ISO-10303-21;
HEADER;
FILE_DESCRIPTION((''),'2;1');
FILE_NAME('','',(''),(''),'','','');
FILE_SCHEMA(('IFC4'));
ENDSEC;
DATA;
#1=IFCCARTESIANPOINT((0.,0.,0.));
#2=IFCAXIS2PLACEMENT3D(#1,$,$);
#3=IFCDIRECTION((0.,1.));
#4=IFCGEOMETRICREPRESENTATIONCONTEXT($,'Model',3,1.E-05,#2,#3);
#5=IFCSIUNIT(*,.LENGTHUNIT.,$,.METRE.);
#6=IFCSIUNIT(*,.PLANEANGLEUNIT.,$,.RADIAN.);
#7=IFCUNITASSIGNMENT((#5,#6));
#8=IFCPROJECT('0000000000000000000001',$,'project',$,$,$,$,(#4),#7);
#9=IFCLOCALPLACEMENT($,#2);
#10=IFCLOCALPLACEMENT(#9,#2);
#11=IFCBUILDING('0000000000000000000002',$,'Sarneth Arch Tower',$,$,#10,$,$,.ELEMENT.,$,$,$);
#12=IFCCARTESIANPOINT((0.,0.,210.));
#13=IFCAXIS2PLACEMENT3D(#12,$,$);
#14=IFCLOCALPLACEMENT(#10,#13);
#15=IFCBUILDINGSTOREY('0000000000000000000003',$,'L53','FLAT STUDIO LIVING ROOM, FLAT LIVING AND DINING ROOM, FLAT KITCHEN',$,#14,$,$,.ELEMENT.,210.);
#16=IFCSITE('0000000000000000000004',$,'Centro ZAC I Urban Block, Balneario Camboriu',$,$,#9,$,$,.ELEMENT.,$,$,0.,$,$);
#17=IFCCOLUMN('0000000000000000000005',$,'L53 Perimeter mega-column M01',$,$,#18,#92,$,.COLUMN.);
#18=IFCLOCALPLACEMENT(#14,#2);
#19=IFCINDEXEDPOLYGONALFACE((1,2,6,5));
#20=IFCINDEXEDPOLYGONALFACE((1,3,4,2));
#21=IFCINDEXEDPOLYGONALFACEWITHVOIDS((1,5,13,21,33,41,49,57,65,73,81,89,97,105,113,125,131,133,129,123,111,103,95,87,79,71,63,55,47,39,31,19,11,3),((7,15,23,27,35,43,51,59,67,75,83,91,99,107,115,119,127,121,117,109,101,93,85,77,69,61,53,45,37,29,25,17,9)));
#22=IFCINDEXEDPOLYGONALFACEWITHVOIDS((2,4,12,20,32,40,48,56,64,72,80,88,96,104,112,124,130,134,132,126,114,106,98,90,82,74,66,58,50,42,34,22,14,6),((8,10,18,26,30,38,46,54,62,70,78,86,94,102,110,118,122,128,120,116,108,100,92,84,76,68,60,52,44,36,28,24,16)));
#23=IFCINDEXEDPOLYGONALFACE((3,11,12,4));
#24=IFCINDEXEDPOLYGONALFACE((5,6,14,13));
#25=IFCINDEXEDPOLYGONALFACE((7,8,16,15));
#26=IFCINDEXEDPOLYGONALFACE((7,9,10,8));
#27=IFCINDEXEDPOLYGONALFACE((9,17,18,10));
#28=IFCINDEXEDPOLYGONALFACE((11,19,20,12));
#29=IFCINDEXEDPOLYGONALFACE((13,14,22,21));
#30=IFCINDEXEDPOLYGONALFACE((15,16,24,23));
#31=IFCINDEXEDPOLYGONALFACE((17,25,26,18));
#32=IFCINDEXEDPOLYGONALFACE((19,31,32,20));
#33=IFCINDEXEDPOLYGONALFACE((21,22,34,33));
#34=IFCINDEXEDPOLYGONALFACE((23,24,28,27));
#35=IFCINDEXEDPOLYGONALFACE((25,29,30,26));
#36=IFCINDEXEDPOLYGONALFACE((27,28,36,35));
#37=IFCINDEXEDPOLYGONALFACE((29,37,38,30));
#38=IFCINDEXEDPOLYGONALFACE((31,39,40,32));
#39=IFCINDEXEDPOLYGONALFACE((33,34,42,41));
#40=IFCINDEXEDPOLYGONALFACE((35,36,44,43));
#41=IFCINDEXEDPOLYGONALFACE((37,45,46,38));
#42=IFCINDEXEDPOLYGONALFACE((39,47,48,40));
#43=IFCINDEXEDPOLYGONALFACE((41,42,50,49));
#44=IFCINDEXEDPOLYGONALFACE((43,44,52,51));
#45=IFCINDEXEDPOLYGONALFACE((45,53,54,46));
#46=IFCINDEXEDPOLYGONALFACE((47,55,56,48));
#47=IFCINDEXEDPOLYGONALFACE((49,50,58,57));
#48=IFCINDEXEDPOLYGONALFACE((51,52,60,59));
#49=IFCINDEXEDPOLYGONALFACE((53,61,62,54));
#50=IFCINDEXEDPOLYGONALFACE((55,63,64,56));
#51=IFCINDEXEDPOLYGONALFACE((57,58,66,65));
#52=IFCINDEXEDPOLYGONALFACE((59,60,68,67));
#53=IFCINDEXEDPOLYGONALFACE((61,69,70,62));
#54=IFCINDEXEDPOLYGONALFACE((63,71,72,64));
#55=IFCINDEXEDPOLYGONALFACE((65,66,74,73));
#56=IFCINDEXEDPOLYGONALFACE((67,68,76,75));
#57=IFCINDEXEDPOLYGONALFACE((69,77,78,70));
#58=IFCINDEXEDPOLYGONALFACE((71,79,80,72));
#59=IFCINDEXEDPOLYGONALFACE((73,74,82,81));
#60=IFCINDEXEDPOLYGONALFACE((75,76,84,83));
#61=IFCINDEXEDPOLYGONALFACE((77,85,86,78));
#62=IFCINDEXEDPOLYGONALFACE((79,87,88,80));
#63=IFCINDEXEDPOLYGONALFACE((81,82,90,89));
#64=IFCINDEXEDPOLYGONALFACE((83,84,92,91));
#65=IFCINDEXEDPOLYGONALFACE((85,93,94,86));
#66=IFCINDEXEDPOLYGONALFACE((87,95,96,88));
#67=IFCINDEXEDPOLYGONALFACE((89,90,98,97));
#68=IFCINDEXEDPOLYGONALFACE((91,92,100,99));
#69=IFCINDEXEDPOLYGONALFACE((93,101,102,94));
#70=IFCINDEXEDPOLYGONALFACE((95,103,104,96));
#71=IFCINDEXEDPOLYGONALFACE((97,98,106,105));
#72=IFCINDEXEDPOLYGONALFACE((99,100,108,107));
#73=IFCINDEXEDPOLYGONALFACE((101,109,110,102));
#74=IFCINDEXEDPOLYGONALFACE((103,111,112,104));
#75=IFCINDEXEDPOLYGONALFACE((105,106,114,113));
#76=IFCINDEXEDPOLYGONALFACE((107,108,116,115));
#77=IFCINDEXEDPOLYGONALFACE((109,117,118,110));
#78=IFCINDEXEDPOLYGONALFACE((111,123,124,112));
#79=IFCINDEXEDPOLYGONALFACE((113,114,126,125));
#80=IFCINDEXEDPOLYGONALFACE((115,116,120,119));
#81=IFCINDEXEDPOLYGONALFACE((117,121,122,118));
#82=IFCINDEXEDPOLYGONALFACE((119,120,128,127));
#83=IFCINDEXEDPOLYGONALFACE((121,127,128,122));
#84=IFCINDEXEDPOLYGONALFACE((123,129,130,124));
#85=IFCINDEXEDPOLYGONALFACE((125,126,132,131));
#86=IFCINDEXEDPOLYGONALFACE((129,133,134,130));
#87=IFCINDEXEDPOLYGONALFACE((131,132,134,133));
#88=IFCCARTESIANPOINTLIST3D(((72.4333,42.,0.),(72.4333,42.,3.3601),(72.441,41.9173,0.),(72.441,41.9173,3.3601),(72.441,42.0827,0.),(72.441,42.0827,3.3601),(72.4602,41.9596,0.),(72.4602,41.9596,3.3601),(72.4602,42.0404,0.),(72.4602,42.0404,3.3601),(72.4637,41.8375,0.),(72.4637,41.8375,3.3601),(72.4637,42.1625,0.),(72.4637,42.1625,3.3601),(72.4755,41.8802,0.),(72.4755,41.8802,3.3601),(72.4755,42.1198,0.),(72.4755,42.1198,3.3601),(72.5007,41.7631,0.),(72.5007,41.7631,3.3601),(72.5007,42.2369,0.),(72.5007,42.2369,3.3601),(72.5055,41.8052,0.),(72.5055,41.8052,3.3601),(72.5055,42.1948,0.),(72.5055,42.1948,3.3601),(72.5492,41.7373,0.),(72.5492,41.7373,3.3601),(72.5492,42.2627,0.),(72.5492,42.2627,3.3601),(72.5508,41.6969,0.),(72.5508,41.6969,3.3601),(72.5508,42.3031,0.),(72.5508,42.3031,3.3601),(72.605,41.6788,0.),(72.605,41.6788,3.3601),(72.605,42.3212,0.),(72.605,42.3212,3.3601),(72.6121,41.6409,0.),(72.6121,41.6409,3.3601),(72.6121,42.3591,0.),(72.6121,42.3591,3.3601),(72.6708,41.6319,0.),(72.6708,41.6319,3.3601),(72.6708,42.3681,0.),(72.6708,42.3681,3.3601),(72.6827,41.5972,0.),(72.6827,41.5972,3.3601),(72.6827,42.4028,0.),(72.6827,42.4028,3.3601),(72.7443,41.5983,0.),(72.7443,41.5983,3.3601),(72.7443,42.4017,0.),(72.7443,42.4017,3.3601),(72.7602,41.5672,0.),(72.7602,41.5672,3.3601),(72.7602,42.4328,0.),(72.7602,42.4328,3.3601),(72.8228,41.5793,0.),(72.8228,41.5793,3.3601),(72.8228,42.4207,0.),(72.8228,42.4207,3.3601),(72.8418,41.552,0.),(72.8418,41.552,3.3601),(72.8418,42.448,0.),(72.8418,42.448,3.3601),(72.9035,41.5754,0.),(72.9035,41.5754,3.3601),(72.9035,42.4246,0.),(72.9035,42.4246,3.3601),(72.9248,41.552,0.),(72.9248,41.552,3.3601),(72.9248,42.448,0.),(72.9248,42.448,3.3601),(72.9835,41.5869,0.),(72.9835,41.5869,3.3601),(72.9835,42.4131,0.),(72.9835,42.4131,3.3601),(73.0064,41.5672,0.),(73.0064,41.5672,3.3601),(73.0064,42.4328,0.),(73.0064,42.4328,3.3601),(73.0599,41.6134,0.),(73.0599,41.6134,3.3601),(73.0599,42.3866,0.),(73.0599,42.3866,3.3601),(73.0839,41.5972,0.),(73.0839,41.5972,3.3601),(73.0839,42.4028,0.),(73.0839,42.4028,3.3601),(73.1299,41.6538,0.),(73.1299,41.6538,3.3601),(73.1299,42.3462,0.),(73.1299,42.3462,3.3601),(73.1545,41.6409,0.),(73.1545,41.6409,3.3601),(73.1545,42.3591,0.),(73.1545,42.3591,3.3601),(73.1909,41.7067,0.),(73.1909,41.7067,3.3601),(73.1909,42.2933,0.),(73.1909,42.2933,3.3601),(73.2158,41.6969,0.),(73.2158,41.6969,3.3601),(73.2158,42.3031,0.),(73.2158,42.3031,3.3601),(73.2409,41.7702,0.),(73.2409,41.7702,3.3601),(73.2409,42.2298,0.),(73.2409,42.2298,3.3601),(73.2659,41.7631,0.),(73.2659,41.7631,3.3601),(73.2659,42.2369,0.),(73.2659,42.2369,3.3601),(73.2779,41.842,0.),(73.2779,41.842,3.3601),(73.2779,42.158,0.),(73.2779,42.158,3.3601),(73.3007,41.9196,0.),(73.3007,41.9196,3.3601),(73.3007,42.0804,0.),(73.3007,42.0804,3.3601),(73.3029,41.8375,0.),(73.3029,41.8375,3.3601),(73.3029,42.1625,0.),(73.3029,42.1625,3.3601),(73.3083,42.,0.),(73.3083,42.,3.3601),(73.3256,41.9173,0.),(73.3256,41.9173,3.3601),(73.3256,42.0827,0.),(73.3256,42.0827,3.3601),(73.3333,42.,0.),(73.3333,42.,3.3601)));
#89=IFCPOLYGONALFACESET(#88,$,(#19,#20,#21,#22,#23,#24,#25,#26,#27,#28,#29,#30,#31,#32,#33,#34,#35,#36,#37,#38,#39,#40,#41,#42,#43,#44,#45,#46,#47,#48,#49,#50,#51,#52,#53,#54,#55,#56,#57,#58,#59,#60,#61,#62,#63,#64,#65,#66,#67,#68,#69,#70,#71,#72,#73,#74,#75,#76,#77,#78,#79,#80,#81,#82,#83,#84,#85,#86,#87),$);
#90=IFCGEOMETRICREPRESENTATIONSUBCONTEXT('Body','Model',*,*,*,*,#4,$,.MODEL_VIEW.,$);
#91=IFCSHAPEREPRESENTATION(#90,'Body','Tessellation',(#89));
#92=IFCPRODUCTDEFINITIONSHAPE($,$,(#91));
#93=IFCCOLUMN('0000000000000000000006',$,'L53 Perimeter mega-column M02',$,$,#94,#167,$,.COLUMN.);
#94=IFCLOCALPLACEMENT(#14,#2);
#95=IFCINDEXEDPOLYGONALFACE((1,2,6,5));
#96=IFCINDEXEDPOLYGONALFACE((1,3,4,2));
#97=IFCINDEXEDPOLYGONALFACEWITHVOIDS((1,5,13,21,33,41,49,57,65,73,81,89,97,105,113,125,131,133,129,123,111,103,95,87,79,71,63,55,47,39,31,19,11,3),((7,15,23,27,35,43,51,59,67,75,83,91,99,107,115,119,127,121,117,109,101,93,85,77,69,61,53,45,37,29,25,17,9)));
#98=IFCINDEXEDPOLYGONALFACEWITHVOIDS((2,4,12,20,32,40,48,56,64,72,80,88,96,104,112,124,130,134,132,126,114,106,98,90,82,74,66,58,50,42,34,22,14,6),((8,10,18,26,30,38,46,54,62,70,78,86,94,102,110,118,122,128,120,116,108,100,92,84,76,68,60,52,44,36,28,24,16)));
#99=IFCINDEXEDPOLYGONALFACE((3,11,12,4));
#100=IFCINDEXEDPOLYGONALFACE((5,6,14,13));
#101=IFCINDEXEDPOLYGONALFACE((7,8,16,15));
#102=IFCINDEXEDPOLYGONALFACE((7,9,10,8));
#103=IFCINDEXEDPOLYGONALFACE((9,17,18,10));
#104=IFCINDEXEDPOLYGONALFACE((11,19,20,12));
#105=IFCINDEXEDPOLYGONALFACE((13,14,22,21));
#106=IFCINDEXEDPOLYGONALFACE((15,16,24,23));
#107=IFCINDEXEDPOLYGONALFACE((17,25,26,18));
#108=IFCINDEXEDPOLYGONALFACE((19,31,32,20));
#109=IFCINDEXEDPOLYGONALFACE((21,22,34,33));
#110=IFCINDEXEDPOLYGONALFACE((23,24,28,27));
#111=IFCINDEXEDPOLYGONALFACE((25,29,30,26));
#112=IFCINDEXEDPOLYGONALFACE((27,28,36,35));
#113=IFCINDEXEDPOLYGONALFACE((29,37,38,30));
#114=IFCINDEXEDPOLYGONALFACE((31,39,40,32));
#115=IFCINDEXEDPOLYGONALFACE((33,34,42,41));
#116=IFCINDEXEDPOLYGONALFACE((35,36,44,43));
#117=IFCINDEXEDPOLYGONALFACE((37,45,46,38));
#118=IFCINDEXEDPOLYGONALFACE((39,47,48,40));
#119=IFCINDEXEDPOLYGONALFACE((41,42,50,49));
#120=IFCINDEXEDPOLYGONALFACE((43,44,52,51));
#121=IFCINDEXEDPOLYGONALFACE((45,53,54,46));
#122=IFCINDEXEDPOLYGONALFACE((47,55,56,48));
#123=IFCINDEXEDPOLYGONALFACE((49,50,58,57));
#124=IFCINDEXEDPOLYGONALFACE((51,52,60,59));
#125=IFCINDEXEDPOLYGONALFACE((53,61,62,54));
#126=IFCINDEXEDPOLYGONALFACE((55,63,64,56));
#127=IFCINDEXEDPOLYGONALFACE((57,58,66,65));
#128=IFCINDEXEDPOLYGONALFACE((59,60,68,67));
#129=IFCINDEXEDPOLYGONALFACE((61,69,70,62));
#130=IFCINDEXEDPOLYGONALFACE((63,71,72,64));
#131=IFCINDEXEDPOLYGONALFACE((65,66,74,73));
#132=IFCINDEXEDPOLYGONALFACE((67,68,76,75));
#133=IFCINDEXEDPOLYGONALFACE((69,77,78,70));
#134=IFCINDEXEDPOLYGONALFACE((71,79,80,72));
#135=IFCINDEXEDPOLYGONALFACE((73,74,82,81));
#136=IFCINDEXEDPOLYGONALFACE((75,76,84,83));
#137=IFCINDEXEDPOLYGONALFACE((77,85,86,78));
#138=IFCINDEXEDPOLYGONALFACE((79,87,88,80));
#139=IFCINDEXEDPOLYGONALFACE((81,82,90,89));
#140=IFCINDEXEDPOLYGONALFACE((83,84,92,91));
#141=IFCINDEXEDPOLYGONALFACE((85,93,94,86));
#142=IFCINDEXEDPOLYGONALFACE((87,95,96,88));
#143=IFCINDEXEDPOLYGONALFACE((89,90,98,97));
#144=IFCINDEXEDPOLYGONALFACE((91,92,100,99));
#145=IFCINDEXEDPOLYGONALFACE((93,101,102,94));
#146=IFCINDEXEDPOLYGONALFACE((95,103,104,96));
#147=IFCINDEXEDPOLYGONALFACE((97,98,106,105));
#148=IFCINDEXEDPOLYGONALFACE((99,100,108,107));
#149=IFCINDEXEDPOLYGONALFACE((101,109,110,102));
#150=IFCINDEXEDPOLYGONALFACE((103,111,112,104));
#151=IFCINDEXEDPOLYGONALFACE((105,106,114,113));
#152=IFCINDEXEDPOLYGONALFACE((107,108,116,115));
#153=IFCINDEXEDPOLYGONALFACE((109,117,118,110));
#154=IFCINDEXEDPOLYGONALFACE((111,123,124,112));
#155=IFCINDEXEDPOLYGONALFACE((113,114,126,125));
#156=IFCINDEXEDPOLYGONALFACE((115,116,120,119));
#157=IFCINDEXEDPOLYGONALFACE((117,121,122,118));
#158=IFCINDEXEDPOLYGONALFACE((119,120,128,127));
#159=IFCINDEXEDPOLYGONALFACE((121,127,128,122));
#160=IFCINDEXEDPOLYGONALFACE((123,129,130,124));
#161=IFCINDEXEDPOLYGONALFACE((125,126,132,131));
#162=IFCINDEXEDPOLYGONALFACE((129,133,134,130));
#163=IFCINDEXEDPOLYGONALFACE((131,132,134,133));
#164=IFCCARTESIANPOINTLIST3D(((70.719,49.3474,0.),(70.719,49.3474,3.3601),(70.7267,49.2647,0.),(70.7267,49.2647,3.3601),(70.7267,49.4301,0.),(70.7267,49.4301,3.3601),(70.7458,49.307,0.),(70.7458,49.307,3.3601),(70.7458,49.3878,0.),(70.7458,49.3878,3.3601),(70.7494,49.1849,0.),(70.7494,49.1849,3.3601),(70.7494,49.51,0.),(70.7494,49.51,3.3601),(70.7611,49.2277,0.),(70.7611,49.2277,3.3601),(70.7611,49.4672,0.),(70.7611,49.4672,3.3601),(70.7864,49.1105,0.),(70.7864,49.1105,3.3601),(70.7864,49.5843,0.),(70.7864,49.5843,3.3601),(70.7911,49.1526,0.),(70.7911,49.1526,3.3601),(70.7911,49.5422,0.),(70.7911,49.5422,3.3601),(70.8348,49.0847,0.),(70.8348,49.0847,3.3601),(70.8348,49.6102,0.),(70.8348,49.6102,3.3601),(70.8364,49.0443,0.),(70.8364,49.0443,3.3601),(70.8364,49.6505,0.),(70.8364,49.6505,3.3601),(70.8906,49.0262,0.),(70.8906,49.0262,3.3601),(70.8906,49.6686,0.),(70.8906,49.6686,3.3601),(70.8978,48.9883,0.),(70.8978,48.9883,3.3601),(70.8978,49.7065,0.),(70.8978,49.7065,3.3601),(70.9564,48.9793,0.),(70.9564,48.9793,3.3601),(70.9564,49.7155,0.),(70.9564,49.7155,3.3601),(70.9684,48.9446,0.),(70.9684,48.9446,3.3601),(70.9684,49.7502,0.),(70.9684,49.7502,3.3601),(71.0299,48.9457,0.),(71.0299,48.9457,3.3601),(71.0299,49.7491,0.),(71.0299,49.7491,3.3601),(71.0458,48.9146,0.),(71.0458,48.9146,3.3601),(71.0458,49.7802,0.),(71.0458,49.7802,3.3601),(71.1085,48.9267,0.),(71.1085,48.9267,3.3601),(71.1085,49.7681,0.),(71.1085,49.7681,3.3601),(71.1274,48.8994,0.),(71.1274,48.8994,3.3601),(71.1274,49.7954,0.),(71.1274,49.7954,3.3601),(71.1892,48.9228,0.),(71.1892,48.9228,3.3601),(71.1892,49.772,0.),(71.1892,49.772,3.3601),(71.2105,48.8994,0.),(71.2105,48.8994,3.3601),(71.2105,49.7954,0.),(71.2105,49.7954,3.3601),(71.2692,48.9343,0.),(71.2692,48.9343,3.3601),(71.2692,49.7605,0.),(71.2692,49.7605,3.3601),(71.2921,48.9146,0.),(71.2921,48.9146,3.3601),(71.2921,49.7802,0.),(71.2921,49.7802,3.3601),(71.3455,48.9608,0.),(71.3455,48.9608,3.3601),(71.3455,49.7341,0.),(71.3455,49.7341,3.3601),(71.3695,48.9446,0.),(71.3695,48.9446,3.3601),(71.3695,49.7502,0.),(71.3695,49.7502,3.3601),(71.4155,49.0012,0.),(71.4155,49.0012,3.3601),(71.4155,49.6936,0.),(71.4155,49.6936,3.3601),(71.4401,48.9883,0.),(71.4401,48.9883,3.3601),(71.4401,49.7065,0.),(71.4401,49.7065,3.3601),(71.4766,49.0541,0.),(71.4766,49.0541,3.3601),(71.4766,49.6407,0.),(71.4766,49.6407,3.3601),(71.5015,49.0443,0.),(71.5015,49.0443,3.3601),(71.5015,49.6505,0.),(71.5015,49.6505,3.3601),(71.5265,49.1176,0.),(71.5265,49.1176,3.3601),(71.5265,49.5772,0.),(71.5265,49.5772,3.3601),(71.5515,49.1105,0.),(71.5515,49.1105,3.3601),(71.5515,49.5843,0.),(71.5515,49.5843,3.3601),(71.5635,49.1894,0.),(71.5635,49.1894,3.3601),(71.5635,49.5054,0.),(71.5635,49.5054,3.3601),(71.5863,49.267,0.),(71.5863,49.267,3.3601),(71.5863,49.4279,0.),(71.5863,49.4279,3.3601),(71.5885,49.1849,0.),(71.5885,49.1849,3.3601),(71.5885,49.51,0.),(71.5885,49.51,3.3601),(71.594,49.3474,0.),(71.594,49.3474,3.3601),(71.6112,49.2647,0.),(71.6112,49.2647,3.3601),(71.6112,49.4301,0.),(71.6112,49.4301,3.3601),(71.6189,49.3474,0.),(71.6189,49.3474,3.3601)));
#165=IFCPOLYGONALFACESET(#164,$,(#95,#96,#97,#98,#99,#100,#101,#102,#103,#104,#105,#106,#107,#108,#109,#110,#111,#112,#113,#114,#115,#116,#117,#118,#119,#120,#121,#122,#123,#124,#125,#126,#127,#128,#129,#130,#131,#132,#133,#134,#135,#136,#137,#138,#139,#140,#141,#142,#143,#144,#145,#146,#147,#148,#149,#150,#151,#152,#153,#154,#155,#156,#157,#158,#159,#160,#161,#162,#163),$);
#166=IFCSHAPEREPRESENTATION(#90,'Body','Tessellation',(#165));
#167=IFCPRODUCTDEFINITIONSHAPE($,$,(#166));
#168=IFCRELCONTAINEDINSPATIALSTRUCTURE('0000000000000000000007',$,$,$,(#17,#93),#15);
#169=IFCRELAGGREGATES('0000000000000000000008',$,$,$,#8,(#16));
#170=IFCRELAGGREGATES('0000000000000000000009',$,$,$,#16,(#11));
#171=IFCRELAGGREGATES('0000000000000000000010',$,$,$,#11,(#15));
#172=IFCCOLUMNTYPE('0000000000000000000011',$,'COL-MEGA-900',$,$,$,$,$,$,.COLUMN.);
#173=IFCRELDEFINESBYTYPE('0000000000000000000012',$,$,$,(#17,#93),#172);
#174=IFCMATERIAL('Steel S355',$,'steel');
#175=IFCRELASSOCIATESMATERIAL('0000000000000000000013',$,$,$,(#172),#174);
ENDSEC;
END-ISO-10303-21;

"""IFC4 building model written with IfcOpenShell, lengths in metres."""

from ifc_helpers import new_model, si_unit, direction, frame, origin, origin_2d, place, context, subcontext, project, spatial, hollow_circle, extrude, material, material_profile, profile_set, type_object, element, save


model = new_model("IFC4")

# Units and contexts
model_context = context("Model", 3, precision=1e-05, world=origin(), true_north=direction((0.0, 1.0)))
body_context = subcontext(model_context, "Body", "Model", "MODEL_VIEW")
ifc_project = project(units=[si_unit("LENGTHUNIT", "METRE"), si_unit("PLANEANGLEUNIT", "RADIAN")], contexts=[model_context])

# Site, building, storey
site_placement = place(None, origin())
site = spatial("IfcSite", under=ifc_project, at=site_placement, Name="Centro ZAC I Urban Block, Balneario Camboriu", CompositionType="ELEMENT", RefElevation=0.0)
building_placement = place(site_placement, origin())
building = spatial("IfcBuilding", under=site, at=building_placement, Name="Sarneth Arch Tower", CompositionType="ELEMENT")
storey_placement = place(building_placement, frame((0.0, 0.0, 210.0)))
storey = spatial("IfcBuildingStorey", under=building, at=storey_placement, Name="L53", Description="FLAT STUDIO LIVING ROOM, FLAT LIVING AND DINING ROOM, FLAT KITCHEN", CompositionType="ELEMENT", Elevation=210.0)

# Columns
ifc_material_1 = material(Name="Steel S355", Category="steel")
ifc_material_profile_1 = material_profile(ifc_material_1, hollow_circle(Radius=0.45, WallThickness=0.0249, at=origin_2d()), Name="CHS900x25")
ifc_profile_set_1 = profile_set([ifc_material_profile_1], Name="Steel S355")
column_type = type_object("IfcColumnType", Name="COL-MEGA-900", PredefinedType="COLUMN", material=ifc_profile_set_1)
for number, where, z_axis, x_axis, name in (
    (1, (72.8833, 42.0, 0.0), (0.0, 0.0, 1.0), (1.0, 0.0, 0.0), "L53 Perimeter mega-column M01"),
    (2, (71.1689, 49.3474, 0.0), (0.0, 0.0, 1.0), (1.0, 0.0, 0.0), "L53 Perimeter mega-column M02"),
):
    element("IfcColumn", number, at=place(storey_placement, frame(where, z_axis=z_axis, x_axis=x_axis)), inside=storey, type_object=column_type, Name=name, PredefinedType="COLUMN", context=body_context, shape_type="SweptSolid", body=[
        extrude(hollow_circle(Radius=0.45, WallThickness=0.0249, at=origin_2d()), origin(), (0.0, 0.0, 1.0), 3.3601),
    ])

save(model, "model.ifc")
